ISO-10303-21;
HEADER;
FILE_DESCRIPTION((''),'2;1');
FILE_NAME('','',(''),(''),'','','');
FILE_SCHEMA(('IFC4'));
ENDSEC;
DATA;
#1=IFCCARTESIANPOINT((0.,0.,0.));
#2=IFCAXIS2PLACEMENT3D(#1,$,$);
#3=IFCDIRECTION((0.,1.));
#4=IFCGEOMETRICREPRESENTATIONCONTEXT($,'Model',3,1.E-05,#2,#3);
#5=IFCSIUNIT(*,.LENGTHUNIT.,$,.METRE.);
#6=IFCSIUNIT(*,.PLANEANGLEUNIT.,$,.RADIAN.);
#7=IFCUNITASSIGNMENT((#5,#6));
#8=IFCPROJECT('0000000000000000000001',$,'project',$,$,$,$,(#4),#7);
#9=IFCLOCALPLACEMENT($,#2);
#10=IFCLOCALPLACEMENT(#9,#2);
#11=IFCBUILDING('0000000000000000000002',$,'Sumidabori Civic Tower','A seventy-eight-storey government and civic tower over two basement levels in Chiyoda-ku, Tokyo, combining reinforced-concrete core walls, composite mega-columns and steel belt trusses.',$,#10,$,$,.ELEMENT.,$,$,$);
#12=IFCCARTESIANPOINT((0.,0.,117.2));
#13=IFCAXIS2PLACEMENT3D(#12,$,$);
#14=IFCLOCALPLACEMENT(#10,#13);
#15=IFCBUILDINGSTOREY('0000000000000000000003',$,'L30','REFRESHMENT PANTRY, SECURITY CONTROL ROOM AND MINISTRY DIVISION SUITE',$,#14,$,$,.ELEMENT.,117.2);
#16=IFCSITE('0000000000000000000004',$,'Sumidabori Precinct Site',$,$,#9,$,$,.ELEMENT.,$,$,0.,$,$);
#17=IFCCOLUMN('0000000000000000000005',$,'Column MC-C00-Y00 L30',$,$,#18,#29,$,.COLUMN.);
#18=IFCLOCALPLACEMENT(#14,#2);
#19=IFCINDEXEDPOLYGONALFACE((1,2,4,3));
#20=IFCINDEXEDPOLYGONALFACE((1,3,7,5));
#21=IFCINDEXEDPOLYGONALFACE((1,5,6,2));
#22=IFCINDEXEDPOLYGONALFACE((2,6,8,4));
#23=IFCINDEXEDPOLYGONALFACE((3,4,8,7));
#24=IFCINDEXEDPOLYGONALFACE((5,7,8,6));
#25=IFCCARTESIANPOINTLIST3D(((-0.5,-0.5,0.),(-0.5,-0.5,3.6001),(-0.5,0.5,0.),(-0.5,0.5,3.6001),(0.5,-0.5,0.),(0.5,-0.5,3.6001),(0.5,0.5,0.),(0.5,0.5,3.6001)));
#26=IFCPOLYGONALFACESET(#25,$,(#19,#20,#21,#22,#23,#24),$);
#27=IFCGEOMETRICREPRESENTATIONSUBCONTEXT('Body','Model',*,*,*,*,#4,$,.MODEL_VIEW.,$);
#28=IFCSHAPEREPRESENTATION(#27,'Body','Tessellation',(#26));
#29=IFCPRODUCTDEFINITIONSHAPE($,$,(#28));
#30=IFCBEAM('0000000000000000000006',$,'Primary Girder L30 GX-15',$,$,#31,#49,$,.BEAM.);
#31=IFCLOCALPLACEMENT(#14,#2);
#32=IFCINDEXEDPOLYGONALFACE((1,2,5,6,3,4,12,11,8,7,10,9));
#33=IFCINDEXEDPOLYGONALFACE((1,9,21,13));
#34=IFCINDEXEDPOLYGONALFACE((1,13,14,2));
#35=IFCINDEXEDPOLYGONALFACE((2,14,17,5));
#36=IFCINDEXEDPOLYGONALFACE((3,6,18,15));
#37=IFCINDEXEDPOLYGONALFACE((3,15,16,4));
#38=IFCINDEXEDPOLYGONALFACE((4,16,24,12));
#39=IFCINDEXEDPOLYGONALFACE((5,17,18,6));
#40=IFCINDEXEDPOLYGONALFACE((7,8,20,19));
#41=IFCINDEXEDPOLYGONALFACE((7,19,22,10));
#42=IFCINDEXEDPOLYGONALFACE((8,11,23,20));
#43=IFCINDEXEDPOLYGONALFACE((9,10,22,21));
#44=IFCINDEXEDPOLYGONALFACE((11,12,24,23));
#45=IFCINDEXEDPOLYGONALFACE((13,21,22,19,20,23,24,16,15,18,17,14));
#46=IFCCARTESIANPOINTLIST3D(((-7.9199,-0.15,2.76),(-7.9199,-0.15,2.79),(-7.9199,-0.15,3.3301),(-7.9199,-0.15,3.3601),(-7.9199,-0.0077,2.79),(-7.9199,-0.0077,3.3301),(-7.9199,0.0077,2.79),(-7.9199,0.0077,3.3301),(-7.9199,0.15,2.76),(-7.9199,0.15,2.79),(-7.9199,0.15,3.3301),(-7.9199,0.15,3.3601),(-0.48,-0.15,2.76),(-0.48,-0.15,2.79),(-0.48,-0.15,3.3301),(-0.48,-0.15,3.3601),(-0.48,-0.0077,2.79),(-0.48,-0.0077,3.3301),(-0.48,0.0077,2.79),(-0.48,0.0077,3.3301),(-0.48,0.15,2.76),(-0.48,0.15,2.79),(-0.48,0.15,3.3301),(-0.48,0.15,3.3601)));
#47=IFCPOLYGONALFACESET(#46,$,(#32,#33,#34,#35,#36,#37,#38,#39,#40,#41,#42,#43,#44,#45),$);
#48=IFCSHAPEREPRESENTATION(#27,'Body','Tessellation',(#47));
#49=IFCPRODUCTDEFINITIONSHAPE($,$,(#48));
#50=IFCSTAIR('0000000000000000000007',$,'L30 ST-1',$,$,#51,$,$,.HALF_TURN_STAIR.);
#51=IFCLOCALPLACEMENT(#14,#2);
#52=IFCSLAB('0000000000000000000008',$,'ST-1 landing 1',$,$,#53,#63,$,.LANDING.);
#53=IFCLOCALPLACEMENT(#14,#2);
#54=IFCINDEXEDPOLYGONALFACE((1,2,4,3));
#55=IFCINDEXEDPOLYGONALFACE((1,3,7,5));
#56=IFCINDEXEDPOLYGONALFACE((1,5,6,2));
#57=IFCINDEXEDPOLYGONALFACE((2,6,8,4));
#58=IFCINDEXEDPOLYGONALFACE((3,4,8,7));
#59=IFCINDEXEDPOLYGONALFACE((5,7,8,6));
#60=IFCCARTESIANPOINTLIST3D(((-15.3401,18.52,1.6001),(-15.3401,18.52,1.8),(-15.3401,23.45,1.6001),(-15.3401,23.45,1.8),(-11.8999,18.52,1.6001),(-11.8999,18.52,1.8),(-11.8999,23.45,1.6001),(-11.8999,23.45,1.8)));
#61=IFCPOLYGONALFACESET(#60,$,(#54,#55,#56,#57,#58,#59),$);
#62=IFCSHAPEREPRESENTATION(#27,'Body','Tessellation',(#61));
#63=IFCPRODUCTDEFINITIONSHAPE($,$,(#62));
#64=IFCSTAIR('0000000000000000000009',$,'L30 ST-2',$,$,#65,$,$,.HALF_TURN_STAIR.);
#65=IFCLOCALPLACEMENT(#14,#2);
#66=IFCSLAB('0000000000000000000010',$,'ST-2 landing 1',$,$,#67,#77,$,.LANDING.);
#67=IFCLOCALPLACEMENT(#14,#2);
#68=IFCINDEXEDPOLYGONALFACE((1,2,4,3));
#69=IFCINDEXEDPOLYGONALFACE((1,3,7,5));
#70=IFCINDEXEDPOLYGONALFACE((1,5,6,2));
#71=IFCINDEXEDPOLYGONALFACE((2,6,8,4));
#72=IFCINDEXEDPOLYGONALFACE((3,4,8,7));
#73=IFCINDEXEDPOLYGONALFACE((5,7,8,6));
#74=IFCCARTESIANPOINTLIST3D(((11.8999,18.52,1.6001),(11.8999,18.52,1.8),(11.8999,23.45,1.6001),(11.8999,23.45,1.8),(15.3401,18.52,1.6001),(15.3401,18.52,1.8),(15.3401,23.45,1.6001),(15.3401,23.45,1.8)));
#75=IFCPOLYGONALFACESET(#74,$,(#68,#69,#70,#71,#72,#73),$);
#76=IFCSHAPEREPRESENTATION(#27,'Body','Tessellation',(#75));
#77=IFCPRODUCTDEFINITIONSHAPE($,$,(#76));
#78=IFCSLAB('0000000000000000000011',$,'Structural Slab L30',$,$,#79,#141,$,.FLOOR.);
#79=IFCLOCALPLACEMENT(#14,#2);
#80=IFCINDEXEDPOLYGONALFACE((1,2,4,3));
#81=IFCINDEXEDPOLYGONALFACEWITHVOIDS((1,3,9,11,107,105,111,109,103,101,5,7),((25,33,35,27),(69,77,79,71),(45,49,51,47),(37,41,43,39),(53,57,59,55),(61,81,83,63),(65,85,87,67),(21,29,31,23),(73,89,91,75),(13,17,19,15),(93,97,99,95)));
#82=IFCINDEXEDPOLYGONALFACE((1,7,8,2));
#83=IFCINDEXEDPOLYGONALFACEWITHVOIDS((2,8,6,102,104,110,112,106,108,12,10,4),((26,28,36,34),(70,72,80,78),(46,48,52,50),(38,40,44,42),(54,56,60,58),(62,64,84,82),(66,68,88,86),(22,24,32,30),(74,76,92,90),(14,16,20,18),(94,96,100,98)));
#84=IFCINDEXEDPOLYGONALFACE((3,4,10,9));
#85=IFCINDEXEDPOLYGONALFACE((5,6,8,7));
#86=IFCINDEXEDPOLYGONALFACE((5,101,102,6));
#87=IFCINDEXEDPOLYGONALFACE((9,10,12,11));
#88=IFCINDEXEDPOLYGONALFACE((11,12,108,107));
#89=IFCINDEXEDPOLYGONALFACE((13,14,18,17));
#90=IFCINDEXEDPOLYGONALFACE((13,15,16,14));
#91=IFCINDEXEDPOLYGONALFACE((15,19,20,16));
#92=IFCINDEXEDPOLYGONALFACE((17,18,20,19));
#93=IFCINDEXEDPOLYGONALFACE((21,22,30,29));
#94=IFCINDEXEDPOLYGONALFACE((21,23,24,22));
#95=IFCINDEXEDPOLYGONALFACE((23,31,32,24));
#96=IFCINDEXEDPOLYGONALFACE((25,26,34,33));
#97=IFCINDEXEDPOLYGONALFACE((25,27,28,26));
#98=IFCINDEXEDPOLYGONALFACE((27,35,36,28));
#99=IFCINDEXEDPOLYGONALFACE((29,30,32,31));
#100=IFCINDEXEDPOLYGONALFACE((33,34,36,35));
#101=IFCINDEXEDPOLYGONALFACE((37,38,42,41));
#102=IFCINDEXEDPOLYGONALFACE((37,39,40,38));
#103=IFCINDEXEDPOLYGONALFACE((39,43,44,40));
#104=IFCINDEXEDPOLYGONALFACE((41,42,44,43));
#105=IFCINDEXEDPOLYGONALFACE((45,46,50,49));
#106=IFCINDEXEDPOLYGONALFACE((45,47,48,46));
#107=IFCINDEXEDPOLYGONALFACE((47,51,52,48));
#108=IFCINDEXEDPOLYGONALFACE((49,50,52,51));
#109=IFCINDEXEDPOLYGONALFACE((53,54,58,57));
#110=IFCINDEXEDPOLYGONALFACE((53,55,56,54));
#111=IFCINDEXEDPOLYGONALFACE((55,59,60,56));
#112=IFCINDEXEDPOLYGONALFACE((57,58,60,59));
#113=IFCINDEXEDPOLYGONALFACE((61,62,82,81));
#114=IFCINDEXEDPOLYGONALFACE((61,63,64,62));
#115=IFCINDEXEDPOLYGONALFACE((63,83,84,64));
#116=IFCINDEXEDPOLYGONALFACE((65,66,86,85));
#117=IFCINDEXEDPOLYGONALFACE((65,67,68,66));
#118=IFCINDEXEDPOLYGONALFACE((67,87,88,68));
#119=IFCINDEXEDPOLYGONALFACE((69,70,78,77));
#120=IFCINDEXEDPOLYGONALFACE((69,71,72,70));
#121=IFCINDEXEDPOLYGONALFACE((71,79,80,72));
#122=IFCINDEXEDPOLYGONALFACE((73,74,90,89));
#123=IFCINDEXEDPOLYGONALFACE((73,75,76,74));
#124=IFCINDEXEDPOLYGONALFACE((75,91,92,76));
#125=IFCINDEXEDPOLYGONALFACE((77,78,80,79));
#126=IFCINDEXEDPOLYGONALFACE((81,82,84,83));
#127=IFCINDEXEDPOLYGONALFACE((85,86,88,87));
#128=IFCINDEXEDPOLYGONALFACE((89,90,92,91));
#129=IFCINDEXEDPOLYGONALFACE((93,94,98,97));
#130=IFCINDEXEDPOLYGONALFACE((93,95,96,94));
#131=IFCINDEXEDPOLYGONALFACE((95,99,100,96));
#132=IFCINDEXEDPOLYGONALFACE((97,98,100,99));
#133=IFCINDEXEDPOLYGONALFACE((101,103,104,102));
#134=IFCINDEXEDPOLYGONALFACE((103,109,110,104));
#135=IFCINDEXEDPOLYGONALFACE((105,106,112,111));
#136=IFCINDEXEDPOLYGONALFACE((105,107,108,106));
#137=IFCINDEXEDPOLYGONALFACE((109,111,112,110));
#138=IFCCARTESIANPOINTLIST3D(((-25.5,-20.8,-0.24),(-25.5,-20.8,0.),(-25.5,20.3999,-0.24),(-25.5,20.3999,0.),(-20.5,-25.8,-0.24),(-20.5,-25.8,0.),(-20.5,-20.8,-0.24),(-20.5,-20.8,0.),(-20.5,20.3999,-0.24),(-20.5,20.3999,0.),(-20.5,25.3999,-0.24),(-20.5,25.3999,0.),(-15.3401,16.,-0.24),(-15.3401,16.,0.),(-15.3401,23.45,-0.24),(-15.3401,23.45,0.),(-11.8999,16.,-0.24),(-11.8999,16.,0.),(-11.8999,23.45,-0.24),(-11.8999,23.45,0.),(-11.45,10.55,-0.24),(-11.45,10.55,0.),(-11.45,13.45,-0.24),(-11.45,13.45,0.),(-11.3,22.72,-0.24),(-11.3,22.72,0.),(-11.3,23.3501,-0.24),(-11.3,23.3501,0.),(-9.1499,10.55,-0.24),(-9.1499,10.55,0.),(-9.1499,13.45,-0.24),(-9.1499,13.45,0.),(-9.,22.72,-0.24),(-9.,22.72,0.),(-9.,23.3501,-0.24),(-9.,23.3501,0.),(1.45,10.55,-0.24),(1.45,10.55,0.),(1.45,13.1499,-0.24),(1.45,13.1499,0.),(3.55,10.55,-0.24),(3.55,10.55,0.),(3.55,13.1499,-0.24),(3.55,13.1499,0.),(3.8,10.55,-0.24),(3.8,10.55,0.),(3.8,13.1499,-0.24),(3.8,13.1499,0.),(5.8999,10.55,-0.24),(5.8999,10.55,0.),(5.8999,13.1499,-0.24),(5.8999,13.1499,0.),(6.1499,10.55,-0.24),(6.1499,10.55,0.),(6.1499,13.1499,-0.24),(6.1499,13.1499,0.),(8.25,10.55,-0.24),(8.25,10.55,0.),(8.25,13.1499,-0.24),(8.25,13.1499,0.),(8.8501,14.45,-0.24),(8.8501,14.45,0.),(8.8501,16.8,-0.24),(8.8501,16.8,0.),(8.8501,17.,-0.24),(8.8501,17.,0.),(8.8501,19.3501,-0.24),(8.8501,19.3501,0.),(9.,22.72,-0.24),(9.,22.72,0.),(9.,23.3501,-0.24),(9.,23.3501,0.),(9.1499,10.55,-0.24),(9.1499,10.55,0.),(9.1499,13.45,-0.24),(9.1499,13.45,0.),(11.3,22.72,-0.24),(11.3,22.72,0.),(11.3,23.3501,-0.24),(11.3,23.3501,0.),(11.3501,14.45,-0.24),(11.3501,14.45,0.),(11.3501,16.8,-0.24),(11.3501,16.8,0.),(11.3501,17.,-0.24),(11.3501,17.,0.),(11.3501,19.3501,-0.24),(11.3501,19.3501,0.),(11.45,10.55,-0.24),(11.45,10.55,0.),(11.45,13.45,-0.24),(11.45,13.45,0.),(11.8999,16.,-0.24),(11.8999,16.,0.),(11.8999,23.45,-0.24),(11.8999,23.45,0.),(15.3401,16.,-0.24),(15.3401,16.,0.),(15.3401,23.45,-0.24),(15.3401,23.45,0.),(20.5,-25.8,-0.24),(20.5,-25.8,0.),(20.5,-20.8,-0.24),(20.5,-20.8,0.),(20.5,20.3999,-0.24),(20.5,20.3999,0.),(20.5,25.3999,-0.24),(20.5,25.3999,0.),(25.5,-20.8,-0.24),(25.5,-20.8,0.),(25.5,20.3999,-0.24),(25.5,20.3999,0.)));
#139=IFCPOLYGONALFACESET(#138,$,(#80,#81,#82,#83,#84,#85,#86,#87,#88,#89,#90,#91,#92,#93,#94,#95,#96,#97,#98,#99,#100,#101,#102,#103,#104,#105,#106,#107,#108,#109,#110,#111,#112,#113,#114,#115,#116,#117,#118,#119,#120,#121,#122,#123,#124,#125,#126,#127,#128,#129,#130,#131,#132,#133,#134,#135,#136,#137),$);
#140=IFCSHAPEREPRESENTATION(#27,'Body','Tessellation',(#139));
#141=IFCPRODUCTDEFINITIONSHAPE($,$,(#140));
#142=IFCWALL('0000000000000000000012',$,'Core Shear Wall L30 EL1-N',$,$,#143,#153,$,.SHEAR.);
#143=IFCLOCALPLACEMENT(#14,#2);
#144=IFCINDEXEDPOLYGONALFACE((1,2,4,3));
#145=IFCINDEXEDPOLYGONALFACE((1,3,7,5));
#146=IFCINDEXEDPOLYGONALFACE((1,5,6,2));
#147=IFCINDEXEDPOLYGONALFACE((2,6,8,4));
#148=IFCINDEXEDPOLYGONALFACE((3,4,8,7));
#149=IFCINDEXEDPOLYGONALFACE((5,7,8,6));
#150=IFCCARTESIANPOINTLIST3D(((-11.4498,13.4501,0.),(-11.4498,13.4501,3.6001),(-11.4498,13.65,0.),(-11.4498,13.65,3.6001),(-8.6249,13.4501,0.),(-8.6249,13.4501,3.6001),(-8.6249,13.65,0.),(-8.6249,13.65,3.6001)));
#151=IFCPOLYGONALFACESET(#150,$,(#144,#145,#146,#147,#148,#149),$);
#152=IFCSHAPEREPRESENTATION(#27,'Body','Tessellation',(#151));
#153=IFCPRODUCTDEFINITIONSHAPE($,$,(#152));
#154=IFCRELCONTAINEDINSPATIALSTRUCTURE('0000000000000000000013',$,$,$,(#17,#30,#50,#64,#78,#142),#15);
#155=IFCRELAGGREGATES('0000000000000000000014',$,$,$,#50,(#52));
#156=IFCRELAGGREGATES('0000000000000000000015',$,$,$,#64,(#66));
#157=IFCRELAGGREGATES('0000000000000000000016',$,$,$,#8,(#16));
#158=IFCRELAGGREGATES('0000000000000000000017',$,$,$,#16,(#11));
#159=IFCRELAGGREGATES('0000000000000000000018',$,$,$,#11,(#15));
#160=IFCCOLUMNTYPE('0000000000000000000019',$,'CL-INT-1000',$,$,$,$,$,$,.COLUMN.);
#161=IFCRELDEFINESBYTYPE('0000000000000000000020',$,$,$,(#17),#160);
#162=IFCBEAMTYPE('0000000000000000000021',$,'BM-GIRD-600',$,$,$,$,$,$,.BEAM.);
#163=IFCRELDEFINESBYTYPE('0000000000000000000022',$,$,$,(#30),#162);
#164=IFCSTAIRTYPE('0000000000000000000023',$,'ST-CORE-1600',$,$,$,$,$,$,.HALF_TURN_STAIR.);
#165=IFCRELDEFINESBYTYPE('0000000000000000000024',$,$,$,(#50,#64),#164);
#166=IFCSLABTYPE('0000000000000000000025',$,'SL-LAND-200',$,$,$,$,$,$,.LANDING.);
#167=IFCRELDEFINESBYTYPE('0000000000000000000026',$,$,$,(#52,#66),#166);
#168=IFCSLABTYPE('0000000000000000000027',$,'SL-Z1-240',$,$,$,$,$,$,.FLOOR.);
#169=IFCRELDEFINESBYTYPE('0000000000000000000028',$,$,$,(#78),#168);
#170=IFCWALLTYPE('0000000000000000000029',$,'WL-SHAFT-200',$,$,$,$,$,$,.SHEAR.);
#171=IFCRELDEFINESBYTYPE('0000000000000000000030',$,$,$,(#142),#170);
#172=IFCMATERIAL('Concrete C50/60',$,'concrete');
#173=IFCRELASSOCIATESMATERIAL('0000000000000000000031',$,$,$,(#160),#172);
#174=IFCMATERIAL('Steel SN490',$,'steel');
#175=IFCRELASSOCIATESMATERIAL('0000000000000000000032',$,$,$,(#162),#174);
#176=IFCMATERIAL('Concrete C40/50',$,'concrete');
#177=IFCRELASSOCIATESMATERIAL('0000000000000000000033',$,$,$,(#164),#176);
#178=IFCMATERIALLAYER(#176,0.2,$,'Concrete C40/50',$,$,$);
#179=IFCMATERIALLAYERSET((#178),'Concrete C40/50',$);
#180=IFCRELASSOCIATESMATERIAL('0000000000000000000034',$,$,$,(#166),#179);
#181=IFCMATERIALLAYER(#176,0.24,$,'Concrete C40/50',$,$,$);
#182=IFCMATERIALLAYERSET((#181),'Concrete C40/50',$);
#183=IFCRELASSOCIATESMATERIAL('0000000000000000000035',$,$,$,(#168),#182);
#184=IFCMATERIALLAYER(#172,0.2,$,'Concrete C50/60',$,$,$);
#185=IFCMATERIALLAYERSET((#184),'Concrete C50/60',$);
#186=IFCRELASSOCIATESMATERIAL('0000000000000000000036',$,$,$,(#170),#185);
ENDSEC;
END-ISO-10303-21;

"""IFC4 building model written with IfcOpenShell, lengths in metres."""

from ifc_helpers import new_model, si_unit, direction, frame, frame_2d, origin, origin_with_axes, origin_2d, place, context, subcontext, project, spatial, polyline, rectangle, i_section, outline, extrude, source, transform, mapped, material, layer, layer_set, material_profile, profile_set, type_object, element, aggregate, save


model = new_model("IFC4")

# Units and contexts
model_context = context("Model", 3, precision=1e-05, world=origin(), true_north=direction((0.0, 1.0)))
body_context = subcontext(model_context, "Body", "Model", "MODEL_VIEW")
ifc_project = project(units=[si_unit("LENGTHUNIT", "METRE"), si_unit("PLANEANGLEUNIT", "RADIAN")], contexts=[model_context])

# Site, building, storey
site_placement = place(None, origin())
site = spatial("IfcSite", under=ifc_project, at=site_placement, Name="Sumidabori Precinct Site", CompositionType="ELEMENT", RefElevation=0.0)
building_placement = place(site_placement, origin())
building = spatial("IfcBuilding", under=site, at=building_placement, Name="Sumidabori Civic Tower", Description="A seventy-eight-storey government and civic tower over two basement levels in Chiyoda-ku, Tokyo, combining reinforced-concrete core walls, composite mega-columns and steel belt trusses.", CompositionType="ELEMENT")
storey_placement = place(building_placement, frame((0.0, 0.0, 117.2)))
storey = spatial("IfcBuildingStorey", under=building, at=storey_placement, Name="L30", Description="REFRESHMENT PANTRY, SECURITY CONTROL ROOM AND MINISTRY DIVISION SUITE", CompositionType="ELEMENT", Elevation=117.2)

# Column
ifc_material_1 = material(Name="Concrete C50/60", Category="concrete")
ifc_material_profile_1 = material_profile(ifc_material_1, rectangle(XDim=1.0, YDim=1.0, at=origin_2d()), Name="RC 1000x1000")
ifc_profile_set_1 = profile_set([ifc_material_profile_1], Name="Concrete C50/60")
column_type = type_object("IfcColumnType", Name="CL-INT-1000", PredefinedType="COLUMN", material=ifc_profile_set_1)
shared_shape_1 = source(origin(), body_context, "Body", "SweptSolid", [
    extrude(rectangle(XDim=1.0, YDim=1.0, at=origin_2d()), origin(), (0.0, 0.0, 1.0), 3.6001),
])
column_placement = place(storey_placement, origin_with_axes())
element("IfcColumn", 1, at=column_placement, inside=storey, type_object=column_type, Name="Column MC-C00-Y00 L30", PredefinedType="COLUMN", context=body_context, shape_type="MappedRepresentation", body=[
    mapped(shared_shape_1, transform((0.0, 0.0, 0.0), x_axis=(1.0, 0.0, 0.0), y_axis=(0.0, 1.0, 0.0), z_axis=(0.0, 0.0, 1.0), scale=1.0)),
])

# Beam
ifc_material_2 = material(Name="Steel SN490", Category="steel")
ifc_material_profile_2 = material_profile(ifc_material_2, i_section(OverallWidth=0.3, OverallDepth=0.6001, WebThickness=0.0154, FlangeThickness=0.03, at=origin_2d()), Name="HE 600 B")
ifc_profile_set_2 = profile_set([ifc_material_profile_2], Name="Steel SN490")
beam_type = type_object("IfcBeamType", Name="BM-GIRD-600", PredefinedType="BEAM", material=ifc_profile_set_2)
shared_shape_2 = source(origin(), body_context, "Body", "SweptSolid", [
    extrude(i_section(OverallWidth=0.3, OverallDepth=0.6001, WebThickness=0.0154, FlangeThickness=0.03, at=origin_2d()), origin(), (0.0, 0.0, 1.0), 7.4399),
])
beam_placement = place(storey_placement, frame((-7.9199, 0.0, 3.0601), z_axis=(1.0, 0.0, 0.0), x_axis=(0.0, 1.0, 0.0)))
element("IfcBeam", 2, at=beam_placement, inside=storey, type_object=beam_type, Name="Primary Girder L30 GX-15", PredefinedType="BEAM", context=body_context, shape_type="MappedRepresentation", body=[
    mapped(shared_shape_2, transform((0.0, 0.0, 0.0), x_axis=(1.0, 0.0, 0.0), y_axis=(0.0, 1.0, 0.0), z_axis=(0.0, 0.0, 1.0), scale=1.0)),
])

# Stairs, slabs
ifc_material_3 = material(Name="Concrete C40/50", Category="concrete")
stair_type = type_object("IfcStairType", Name="ST-CORE-1600", PredefinedType="HALF_TURN_STAIR", material=ifc_material_3)
stair_1_placement = place(storey_placement, origin())
stair_1 = element("IfcStair", 3, at=stair_1_placement, inside=storey, type_object=stair_type, Name="L30 ST-1", PredefinedType="HALF_TURN_STAIR")
ifc_layer_1 = layer(ifc_material_3, 0.2, Name="Concrete C40/50")
ifc_layer_set_1 = layer_set([ifc_layer_1], Name="Concrete C40/50")
slab_type_1 = type_object("IfcSlabType", Name="SL-LAND-200", PredefinedType="LANDING", material=ifc_layer_set_1)
slab_1_placement = place(storey_placement, frame((0.0, 0.0, 1.6001)))
slab_1 = element("IfcSlab", 4, at=slab_1_placement, type_object=slab_type_1, Name="ST-1 landing 1", PredefinedType="LANDING", context=body_context, shape_type="SweptSolid", body=[
    extrude(outline(polyline([(-11.8999, 18.52), (-11.8999, 23.45), (-15.3401, 23.45), (-15.3401, 18.52), (-11.8999, 18.52)])), origin(), (0.0, 0.0, 1.0), 0.2),
])
aggregate(stair_1, [slab_1])
stair_2_placement = place(storey_placement, origin())
stair_2 = element("IfcStair", 5, at=stair_2_placement, inside=storey, type_object=stair_type, Name="L30 ST-2", PredefinedType="HALF_TURN_STAIR")
slab_2_placement = place(storey_placement, frame((0.0, 0.0, 1.6001)))
slab_2 = element("IfcSlab", 6, at=slab_2_placement, type_object=slab_type_1, Name="ST-2 landing 1", PredefinedType="LANDING", context=body_context, shape_type="SweptSolid", body=[
    extrude(outline(polyline([(15.3401, 18.52), (15.3401, 23.45), (11.8999, 23.45), (11.8999, 18.52), (15.3401, 18.52)])), origin(), (0.0, 0.0, 1.0), 0.2),
])
aggregate(stair_2, [slab_2])

# Slab
ifc_layer_2 = layer(ifc_material_3, 0.24, Name="Concrete C40/50")
ifc_layer_set_2 = layer_set([ifc_layer_2], Name="Concrete C40/50")
slab_type_2 = type_object("IfcSlabType", Name="SL-Z1-240", PredefinedType="FLOOR", material=ifc_layer_set_2)
slab_3_placement = place(storey_placement, frame((0.0, 0.0, -0.24)))
element("IfcSlab", 7, at=slab_3_placement, inside=storey, type_object=slab_type_2, Name="Structural Slab L30", PredefinedType="FLOOR", context=body_context, shape_type="SweptSolid", body=[
    extrude(outline(polyline([(-20.5, -25.8), (20.5, -25.8), (20.5, -20.8), (25.5, -20.8), (25.5, 20.3999), (20.5, 20.3999), (20.5, 25.3999), (-20.5, 25.3999), (-20.5, 20.3999), (-25.5, 20.3999), (-25.5, -20.8), (-20.5, -20.8), (-20.5, -25.8)]), holes=[polyline([(-11.8999, 16.0), (-11.8999, 23.45), (-15.3401, 23.45), (-15.3401, 16.0), (-11.8999, 16.0)]), polyline([(15.3401, 16.0), (15.3401, 23.45), (11.8999, 23.45), (11.8999, 16.0), (15.3401, 16.0)]), polyline([(-11.45, 10.55), (-9.1499, 10.55), (-9.1499, 13.45), (-11.45, 13.45), (-11.45, 10.55)]), polyline([(9.1499, 10.55), (11.45, 10.55), (11.45, 13.45), (9.1499, 13.45), (9.1499, 10.55)]), polyline([(1.45, 10.55), (3.55, 10.55), (3.55, 13.1499), (1.45, 13.1499), (1.45, 10.55)]), polyline([(3.8, 10.55), (5.8999, 10.55), (5.8999, 13.1499), (3.8, 13.1499), (3.8, 10.55)]), polyline([(6.1499, 10.55), (8.25, 10.55), (8.25, 13.1499), (6.1499, 13.1499), (6.1499, 10.55)]), polyline([(8.8501, 14.45), (11.3501, 14.45), (11.3501, 16.8), (8.8501, 16.8), (8.8501, 14.45)]), polyline([(8.8501, 17.0), (11.3501, 17.0), (11.3501, 19.3501), (8.8501, 19.3501), (8.8501, 17.0)]), polyline([(-11.3, 22.72), (-9.0, 22.72), (-9.0, 23.3501), (-11.3, 23.3501), (-11.3, 22.72)]), polyline([(9.0, 22.72), (11.3, 22.72), (11.3, 23.3501), (9.0, 23.3501), (9.0, 22.72)])]), origin(), (0.0, 0.0, 1.0), 0.24),
])

# Wall
ifc_layer_3 = layer(ifc_material_1, 0.2, Name="Concrete C50/60")
ifc_layer_set_3 = layer_set([ifc_layer_3], Name="Concrete C50/60")
wall_type_1 = type_object("IfcWallType", Name="WL-SHAFT-200", PredefinedType="SHEAR", material=ifc_layer_set_3)
shared_shape_3 = source(origin(), body_context, "Body", "SweptSolid", [
    extrude(rectangle(XDim=2.825, YDim=0.2, at=frame_2d((1.4126, 0.0))), origin(), (0.0, 0.0, 1.0), 3.6001),
])
wall_1_placement = place(storey_placement, frame((-11.45, 13.55, 0.0), z_axis=(0.0, 0.0, 1.0), x_axis=(1.0, 0.0, 0.0)))
element("IfcWall", 8, at=wall_1_placement, inside=storey, type_object=wall_type_1, Name="Core Shear Wall L30 EL1-N", PredefinedType="SHEAR", context=body_context, shape_type="MappedRepresentation", body=[
    mapped(shared_shape_3, transform((0.0, 0.0, 0.0), x_axis=(1.0, 0.0, 0.0), y_axis=(0.0, 1.0, 0.0), z_axis=(0.0, 0.0, 1.0), scale=1.0)),
])

save(model, "model.ifc")
